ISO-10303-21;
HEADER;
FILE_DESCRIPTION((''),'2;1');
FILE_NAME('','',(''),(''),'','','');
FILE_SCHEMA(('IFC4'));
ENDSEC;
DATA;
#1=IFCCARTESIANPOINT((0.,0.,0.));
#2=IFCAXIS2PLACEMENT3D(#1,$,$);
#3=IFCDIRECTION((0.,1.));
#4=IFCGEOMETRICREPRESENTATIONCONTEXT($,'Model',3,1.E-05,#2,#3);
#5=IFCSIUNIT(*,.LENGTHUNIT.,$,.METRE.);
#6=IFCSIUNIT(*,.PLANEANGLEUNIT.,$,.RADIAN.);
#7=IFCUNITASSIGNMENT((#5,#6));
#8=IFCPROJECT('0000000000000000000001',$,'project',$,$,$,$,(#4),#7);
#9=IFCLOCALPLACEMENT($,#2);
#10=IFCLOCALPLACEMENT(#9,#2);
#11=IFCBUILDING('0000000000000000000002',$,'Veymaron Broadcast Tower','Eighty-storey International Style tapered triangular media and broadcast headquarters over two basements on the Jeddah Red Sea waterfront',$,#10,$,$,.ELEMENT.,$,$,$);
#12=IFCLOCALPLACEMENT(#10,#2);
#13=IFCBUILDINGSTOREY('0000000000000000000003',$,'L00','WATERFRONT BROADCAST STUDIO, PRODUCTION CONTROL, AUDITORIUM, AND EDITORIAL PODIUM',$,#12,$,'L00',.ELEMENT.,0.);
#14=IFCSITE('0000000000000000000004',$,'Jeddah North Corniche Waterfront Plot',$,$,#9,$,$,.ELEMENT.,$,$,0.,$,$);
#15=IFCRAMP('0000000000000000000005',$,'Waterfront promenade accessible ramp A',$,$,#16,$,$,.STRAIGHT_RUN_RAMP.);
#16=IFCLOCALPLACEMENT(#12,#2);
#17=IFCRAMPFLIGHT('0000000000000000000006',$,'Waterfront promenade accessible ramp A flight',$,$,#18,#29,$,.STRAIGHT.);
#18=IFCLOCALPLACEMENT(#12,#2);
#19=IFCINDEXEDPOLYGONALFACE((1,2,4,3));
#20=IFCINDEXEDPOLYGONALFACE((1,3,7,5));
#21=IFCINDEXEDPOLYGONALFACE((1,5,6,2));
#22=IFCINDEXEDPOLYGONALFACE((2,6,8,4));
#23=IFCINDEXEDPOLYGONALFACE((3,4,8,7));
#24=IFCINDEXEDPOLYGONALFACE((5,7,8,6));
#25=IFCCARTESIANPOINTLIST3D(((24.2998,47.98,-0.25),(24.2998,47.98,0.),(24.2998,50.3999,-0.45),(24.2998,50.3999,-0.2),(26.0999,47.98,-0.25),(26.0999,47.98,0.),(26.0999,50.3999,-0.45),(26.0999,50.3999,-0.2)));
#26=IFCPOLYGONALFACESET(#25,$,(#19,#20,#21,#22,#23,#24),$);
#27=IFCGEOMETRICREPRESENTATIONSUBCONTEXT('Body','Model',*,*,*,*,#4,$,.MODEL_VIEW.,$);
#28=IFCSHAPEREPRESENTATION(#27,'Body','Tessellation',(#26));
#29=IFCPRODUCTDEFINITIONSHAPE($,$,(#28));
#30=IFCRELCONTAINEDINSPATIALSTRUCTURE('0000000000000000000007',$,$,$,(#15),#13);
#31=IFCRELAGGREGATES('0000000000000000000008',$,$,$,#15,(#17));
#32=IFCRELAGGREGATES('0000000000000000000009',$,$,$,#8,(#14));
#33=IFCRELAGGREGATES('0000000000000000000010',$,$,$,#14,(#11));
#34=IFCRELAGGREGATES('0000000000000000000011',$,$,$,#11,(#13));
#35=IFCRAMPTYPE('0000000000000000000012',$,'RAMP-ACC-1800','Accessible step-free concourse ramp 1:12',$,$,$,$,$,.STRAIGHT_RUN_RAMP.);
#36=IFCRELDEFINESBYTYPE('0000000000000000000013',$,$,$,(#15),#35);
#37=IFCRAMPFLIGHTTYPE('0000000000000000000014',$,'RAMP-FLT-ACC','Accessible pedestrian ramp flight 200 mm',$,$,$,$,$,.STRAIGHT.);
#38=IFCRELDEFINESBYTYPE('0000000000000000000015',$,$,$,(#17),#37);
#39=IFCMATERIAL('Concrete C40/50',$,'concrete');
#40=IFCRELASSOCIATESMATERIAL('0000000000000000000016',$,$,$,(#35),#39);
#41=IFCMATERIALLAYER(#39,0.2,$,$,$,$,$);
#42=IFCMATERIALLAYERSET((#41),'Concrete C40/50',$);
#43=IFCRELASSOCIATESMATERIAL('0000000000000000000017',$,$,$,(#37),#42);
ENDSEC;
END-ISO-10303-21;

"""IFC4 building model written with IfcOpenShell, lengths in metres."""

from ifc_helpers import new_model, si_unit, direction, frame, origin, place, context, subcontext, project, spatial, polyline, outline, extrude, material, layer, layer_set, type_object, element, aggregate, save


model = new_model("IFC4")

# Units and contexts
model_context = context("Model", 3, precision=1e-05, world=origin(), true_north=direction((0.0, 1.0)))
body_context = subcontext(model_context, "Body", "Model", "MODEL_VIEW")
ifc_project = project(units=[si_unit("LENGTHUNIT", "METRE"), si_unit("PLANEANGLEUNIT", "RADIAN")], contexts=[model_context])

# Site, building, storey
site_placement = place(None, origin())
site = spatial("IfcSite", under=ifc_project, at=site_placement, Name="Jeddah North Corniche Waterfront Plot", CompositionType="ELEMENT", RefElevation=0.0)
building_placement = place(site_placement, origin())
building = spatial("IfcBuilding", under=site, at=building_placement, Name="Veymaron Broadcast Tower", Description="Eighty-storey International Style tapered triangular media and broadcast headquarters over two basements on the Jeddah Red Sea waterfront", CompositionType="ELEMENT")
storey_placement = place(building_placement, origin())
storey = spatial("IfcBuildingStorey", under=building, at=storey_placement, Name="L00", Description="WATERFRONT BROADCAST STUDIO, PRODUCTION CONTROL, AUDITORIUM, AND EDITORIAL PODIUM", LongName="L00", CompositionType="ELEMENT", Elevation=0.0)

# Ramp, ramp flight
ifc_material_1 = material(Name="Concrete C40/50", Category="concrete")
ramp_type = type_object("IfcRampType", Name="RAMP-ACC-1800", Description="Accessible step-free concourse ramp 1:12", PredefinedType="STRAIGHT_RUN_RAMP", material=ifc_material_1)
ramp_placement = place(storey_placement, origin())
ramp = element("IfcRamp", 1, at=ramp_placement, inside=storey, type_object=ramp_type, Name="Waterfront promenade accessible ramp A", PredefinedType="STRAIGHT_RUN_RAMP")
ifc_layer_1 = layer(ifc_material_1, 0.2)
ifc_layer_set_1 = layer_set([ifc_layer_1], Name="Concrete C40/50")
ramp_flight_type = type_object("IfcRampFlightType", Name="RAMP-FLT-ACC", Description="Accessible pedestrian ramp flight 200 mm", PredefinedType="STRAIGHT", material=ifc_layer_set_1)
ramp_flight_placement = place(storey_placement, frame((25.2, 50.3999, -0.2), z_axis=(0.0, 0.0, 1.0), x_axis=(0.0, -1.0, 0.0)))
ramp_flight = element("IfcRampFlight", 2, at=ramp_flight_placement, type_object=ramp_flight_type, Name="Waterfront promenade accessible ramp A flight", PredefinedType="STRAIGHT", context=body_context, shape_type="SweptSolid", body=[
    extrude(outline(polyline([(0.0, 0.0), (2.4199, 0.2), (2.4199, -0.05), (0.0, -0.25), (0.0, 0.0)])), frame((0.0, 0.8999, 0.0), z_axis=(0.0, -1.0, 0.0), x_axis=(1.0, 0.0, 0.0)), (0.0, 0.0, 1.0), 1.8),
])
aggregate(ramp, [ramp_flight])

save(model, "model.ifc")
